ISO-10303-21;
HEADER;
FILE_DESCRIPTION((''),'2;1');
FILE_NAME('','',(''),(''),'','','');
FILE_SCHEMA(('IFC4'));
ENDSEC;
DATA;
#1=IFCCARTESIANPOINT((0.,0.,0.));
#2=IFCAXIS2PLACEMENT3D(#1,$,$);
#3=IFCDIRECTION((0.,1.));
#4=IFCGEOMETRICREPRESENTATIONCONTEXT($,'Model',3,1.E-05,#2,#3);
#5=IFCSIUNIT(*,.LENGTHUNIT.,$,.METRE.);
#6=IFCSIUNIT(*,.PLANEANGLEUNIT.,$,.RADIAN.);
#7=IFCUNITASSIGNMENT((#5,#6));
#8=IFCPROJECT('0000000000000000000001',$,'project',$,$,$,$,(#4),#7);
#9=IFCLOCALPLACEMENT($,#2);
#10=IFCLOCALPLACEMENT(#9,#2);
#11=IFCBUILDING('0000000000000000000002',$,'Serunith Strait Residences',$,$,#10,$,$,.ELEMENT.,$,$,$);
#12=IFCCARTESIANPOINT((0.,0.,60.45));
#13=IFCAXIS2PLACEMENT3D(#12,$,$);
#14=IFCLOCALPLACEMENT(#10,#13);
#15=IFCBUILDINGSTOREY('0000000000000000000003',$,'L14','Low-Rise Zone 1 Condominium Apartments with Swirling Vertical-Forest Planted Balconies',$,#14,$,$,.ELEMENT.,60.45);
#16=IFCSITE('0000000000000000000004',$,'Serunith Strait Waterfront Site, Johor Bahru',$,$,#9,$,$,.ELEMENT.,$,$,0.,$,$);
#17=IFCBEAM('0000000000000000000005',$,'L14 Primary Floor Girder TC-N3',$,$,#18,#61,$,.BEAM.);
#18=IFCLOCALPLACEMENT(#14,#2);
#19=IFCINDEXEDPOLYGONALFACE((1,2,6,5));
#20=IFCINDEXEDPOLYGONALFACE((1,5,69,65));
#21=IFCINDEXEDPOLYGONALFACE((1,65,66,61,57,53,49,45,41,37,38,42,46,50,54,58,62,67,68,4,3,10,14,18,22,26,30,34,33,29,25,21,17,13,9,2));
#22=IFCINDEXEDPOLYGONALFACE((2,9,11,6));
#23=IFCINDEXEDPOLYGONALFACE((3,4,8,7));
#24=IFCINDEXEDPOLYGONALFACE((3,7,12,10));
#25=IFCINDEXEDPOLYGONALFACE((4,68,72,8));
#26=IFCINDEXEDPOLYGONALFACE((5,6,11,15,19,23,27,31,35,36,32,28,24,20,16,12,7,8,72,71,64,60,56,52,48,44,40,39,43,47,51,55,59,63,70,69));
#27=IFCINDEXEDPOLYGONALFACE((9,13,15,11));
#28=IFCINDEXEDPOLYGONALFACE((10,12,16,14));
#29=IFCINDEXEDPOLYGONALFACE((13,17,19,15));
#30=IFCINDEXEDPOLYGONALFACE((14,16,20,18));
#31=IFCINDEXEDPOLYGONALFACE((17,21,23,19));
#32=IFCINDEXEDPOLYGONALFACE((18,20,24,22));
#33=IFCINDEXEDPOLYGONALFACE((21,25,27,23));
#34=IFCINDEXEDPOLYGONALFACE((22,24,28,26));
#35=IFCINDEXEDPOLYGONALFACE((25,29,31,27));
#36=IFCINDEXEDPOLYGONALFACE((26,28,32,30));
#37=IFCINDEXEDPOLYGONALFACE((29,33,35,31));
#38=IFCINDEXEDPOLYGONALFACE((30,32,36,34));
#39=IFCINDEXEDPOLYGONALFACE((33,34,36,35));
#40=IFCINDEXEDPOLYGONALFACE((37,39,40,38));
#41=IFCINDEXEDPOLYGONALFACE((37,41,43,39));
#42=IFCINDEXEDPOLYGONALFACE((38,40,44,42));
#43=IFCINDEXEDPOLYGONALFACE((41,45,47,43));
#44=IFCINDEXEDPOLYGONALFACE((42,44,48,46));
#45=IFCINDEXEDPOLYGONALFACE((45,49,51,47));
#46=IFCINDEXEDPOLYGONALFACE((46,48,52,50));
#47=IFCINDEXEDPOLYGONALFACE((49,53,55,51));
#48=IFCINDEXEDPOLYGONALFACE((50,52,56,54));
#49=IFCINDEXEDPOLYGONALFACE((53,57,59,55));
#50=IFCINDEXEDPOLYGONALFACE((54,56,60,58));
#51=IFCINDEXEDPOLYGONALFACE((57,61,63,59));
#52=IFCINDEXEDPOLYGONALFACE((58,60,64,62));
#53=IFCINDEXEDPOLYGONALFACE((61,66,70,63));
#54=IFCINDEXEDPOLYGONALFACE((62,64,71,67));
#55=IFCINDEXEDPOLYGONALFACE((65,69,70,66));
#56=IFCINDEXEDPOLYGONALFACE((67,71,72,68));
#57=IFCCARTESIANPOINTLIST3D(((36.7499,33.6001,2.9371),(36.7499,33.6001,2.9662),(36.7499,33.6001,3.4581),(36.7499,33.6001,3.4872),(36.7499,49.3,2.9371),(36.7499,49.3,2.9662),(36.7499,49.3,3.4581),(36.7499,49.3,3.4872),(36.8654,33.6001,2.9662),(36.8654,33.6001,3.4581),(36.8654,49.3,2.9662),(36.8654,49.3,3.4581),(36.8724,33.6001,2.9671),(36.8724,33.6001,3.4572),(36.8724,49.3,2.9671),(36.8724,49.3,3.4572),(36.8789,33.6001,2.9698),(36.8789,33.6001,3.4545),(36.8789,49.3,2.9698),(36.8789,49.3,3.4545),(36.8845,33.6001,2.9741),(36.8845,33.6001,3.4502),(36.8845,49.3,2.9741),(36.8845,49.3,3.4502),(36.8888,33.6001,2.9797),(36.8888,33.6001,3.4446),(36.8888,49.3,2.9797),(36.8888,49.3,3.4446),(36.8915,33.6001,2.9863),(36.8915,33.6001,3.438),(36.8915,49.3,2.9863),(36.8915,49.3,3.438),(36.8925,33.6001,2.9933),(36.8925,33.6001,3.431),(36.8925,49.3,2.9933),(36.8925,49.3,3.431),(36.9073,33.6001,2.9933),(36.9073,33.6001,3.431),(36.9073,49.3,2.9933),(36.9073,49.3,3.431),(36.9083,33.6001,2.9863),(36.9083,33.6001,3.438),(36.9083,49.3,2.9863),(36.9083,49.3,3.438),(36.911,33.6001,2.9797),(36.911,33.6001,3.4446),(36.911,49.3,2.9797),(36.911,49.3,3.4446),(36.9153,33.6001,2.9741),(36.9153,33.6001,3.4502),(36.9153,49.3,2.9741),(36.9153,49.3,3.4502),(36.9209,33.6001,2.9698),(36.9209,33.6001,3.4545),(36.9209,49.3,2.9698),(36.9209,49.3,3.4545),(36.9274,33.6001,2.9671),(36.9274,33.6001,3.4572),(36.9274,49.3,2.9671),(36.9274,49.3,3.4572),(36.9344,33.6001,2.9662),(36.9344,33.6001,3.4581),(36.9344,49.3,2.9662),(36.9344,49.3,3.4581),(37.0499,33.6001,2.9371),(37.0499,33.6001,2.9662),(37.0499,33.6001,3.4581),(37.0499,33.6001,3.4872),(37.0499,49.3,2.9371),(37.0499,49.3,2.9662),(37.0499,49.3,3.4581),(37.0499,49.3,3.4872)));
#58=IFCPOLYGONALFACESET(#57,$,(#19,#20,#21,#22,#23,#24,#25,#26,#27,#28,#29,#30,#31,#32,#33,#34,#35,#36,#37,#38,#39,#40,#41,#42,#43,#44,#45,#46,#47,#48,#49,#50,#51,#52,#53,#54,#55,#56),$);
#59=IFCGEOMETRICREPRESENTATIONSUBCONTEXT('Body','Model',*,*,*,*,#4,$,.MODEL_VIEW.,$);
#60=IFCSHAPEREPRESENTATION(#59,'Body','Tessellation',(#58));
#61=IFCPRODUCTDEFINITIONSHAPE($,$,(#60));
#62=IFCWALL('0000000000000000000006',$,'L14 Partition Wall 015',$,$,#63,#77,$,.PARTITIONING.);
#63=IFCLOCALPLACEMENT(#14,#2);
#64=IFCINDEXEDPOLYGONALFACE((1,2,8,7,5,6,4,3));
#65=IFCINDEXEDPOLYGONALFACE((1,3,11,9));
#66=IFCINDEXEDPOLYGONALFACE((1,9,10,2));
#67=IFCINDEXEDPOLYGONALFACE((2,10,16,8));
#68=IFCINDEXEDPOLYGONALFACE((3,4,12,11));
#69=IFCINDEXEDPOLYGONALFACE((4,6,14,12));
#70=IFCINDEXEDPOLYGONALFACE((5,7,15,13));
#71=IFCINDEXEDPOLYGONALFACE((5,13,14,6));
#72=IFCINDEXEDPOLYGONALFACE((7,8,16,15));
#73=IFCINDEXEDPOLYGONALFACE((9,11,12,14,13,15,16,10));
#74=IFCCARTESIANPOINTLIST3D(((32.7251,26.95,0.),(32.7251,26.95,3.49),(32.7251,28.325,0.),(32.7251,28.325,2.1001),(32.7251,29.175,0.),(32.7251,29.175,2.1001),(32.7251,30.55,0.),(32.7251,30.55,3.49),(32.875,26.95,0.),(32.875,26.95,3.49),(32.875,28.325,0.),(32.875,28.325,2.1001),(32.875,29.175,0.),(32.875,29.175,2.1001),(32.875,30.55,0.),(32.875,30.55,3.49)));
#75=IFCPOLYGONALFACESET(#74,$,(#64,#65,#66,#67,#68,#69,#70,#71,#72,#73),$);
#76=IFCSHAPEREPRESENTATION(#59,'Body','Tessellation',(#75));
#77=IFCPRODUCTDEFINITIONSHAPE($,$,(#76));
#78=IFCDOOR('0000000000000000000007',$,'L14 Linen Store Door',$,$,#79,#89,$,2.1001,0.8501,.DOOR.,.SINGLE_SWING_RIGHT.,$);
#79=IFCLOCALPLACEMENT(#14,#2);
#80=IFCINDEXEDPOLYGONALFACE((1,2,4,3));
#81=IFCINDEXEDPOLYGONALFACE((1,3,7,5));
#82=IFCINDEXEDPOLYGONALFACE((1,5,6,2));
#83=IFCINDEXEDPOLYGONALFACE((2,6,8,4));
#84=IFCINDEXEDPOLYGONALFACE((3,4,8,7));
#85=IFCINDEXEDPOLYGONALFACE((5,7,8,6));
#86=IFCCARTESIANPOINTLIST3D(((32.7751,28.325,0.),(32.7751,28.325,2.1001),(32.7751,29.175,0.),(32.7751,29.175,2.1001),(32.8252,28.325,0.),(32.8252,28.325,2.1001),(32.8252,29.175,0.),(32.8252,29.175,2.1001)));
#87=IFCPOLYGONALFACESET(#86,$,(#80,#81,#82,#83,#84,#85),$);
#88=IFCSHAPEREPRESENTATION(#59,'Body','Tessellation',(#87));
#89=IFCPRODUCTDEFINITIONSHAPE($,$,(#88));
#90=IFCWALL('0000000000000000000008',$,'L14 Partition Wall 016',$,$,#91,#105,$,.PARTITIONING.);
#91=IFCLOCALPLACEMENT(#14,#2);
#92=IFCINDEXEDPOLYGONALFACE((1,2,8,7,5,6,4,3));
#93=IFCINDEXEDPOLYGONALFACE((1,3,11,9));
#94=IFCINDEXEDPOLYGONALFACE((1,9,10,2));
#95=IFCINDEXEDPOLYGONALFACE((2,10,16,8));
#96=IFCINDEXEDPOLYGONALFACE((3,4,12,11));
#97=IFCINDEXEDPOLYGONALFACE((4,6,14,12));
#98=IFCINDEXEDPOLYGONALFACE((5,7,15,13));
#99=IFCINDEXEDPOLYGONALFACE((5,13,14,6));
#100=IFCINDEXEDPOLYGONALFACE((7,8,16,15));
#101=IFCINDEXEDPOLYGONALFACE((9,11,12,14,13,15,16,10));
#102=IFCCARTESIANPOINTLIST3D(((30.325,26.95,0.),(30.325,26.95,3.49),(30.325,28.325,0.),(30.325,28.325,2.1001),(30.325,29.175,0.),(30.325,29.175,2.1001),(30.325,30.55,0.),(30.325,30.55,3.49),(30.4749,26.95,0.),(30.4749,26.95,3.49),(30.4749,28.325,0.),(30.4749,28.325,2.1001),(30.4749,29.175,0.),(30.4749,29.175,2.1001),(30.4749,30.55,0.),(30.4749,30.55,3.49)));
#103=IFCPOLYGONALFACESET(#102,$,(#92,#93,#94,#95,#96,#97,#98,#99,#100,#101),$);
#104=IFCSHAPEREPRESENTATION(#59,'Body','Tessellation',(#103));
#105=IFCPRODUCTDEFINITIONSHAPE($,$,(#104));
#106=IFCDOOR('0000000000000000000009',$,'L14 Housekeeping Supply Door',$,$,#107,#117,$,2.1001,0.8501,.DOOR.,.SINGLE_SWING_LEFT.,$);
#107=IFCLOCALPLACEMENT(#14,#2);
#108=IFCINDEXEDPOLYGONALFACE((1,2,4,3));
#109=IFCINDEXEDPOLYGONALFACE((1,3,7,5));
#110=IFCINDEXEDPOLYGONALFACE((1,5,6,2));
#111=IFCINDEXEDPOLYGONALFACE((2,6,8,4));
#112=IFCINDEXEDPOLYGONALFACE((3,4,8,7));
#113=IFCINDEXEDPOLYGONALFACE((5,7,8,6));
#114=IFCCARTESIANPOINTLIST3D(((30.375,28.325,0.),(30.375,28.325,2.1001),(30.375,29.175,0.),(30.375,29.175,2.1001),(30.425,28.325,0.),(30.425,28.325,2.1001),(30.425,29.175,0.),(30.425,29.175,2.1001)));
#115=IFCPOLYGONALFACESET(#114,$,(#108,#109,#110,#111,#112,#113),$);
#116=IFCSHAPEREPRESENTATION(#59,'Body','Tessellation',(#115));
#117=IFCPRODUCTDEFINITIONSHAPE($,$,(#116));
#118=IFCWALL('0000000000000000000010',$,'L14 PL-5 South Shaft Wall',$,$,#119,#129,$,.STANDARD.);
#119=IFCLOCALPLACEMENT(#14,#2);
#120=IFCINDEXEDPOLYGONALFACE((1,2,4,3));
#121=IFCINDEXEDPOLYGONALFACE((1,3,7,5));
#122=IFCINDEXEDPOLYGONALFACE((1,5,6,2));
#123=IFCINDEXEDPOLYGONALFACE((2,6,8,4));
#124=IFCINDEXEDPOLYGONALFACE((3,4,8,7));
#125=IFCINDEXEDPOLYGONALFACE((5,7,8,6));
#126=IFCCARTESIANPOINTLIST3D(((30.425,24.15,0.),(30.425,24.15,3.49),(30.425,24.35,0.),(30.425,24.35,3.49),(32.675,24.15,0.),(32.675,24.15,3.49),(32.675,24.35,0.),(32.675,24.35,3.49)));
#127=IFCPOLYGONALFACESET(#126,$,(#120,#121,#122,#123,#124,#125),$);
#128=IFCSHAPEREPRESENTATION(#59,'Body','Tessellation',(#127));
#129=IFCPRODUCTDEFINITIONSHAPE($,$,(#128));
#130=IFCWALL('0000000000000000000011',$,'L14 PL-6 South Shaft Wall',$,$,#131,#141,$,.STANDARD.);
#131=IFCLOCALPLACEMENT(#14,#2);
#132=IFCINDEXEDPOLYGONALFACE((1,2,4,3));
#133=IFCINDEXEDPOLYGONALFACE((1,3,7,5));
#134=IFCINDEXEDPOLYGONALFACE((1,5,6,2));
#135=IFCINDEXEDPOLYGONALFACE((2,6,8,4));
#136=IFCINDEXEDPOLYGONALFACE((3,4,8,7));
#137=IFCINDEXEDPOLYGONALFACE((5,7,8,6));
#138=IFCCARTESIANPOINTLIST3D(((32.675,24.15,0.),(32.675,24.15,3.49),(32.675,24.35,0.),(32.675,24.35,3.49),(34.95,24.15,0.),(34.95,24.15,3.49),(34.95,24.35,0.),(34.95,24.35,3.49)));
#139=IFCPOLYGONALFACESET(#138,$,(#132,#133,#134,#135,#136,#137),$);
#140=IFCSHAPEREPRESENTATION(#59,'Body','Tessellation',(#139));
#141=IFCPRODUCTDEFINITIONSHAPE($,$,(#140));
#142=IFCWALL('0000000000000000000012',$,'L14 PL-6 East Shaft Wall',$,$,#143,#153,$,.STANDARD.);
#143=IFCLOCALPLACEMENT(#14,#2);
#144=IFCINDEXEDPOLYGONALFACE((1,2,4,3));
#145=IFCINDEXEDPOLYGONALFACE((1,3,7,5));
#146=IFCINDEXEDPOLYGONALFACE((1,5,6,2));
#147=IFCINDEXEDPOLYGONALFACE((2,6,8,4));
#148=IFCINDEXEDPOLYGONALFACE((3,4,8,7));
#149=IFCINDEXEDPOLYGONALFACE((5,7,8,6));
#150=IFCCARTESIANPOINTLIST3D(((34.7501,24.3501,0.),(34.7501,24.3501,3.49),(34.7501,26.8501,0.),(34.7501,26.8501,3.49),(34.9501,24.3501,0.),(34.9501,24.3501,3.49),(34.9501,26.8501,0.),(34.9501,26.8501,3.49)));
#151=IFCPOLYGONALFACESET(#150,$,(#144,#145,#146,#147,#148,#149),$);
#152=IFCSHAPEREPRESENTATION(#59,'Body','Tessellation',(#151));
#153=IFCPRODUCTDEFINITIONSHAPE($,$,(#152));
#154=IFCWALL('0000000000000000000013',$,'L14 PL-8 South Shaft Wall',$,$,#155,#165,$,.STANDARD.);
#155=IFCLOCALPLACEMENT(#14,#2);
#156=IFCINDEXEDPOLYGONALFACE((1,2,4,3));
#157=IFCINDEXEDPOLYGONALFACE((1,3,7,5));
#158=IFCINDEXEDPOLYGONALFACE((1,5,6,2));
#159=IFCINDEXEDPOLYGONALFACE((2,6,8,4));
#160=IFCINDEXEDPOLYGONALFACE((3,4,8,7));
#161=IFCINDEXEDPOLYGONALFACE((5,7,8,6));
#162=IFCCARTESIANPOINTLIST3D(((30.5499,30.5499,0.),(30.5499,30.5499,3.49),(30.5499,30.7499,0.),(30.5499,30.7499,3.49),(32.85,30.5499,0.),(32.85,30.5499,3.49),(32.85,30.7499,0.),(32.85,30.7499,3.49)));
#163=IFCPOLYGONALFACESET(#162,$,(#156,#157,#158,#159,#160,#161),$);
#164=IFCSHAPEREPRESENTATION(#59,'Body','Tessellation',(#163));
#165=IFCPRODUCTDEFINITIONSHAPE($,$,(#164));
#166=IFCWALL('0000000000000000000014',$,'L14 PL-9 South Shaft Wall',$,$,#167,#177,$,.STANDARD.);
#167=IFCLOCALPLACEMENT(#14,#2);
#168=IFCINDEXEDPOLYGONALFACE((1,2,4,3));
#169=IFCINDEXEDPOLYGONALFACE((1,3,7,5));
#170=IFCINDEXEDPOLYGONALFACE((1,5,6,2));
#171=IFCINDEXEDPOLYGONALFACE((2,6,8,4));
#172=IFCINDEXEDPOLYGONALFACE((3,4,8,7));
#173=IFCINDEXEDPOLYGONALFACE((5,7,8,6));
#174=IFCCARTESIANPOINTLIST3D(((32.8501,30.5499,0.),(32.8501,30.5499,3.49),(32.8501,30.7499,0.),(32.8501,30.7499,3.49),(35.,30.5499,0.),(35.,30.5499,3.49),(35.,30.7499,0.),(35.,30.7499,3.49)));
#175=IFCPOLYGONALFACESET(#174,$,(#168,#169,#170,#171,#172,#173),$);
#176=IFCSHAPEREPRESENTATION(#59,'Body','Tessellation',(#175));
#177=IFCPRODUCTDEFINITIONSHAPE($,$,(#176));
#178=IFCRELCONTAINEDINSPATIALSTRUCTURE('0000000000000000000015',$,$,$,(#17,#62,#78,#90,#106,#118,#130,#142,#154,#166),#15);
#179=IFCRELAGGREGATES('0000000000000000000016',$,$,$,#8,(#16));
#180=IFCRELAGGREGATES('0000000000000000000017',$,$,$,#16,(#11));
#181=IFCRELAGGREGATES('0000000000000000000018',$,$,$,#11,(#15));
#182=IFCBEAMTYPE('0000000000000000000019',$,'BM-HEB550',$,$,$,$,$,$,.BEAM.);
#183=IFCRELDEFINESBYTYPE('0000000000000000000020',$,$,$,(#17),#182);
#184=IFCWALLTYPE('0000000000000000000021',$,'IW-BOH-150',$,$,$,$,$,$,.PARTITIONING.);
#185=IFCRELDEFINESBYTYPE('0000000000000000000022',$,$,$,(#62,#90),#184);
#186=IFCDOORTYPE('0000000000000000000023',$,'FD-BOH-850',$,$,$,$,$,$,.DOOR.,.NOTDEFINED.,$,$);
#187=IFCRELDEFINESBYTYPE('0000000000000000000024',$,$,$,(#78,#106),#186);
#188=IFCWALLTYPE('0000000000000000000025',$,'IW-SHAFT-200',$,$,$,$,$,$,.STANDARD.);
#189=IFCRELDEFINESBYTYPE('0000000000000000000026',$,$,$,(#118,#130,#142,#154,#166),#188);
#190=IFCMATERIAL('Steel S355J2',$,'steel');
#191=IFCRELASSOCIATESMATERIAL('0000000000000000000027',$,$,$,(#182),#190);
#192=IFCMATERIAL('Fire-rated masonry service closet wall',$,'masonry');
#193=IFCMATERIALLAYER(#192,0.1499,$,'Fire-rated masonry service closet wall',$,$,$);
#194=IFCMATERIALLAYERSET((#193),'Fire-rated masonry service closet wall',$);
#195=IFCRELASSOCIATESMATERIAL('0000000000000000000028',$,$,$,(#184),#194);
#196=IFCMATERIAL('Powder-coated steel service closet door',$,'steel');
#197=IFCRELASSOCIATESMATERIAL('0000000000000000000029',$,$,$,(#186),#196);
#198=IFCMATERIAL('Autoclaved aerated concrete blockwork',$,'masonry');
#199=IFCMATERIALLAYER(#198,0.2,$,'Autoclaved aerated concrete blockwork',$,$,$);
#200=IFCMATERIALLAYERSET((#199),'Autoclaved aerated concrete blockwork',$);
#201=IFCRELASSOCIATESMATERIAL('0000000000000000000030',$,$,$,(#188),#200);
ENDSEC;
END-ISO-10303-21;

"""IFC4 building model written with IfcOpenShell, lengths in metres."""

from ifc_helpers import new_model, si_unit, direction, frame, frame_2d, origin, origin_2d, place, context, subcontext, project, spatial, rectangle, i_section, extrude, source, transform, mapped, material, layer, layer_set, material_profile, profile_set, type_object, element, fill, save


model = new_model("IFC4")

# Units and contexts
model_context = context("Model", 3, precision=1e-05, world=origin(), true_north=direction((0.0, 1.0)))
body_context = subcontext(model_context, "Body", "Model", "MODEL_VIEW")
ifc_project = project(units=[si_unit("LENGTHUNIT", "METRE"), si_unit("PLANEANGLEUNIT", "RADIAN")], contexts=[model_context])

# Site, building, storey
site_placement = place(None, origin())
site = spatial("IfcSite", under=ifc_project, at=site_placement, Name="Serunith Strait Waterfront Site, Johor Bahru", CompositionType="ELEMENT", RefElevation=0.0)
building_placement = place(site_placement, origin())
building = spatial("IfcBuilding", under=site, at=building_placement, Name="Serunith Strait Residences", CompositionType="ELEMENT")
storey_placement = place(building_placement, frame((0.0, 0.0, 60.45)))
storey = spatial("IfcBuildingStorey", under=building, at=storey_placement, Name="L14", Description="Low-Rise Zone 1 Condominium Apartments with Swirling Vertical-Forest Planted Balconies", CompositionType="ELEMENT", Elevation=60.45)

# Beam
ifc_material_1 = material(Name="Steel S355J2", Category="steel")
ifc_material_profile = material_profile(ifc_material_1, i_section(OverallWidth=0.3, OverallDepth=0.55, WebThickness=0.0149, FlangeThickness=0.0291, FilletRadius=0.0271, at=origin_2d()), Name="HEB 550")
ifc_profile_set = profile_set([ifc_material_profile], Name="Steel S355J2")
beam_type = type_object("IfcBeamType", Name="BM-HEB550", PredefinedType="BEAM", material=ifc_profile_set)
shared_shape_1 = source(origin(), body_context, "Body", "SweptSolid", [
    extrude(i_section(OverallWidth=0.3, OverallDepth=0.55, WebThickness=0.0149, FlangeThickness=0.0291, FilletRadius=0.0271, at=origin_2d()), origin(), (0.0, 0.0, 1.0), 15.7),
])
beam_placement = place(storey_placement, frame((36.8999, 33.6001, 3.2122), z_axis=(0.0, 1.0, 0.0), x_axis=(-1.0, 0.0, 0.0)))
element("IfcBeam", 1, at=beam_placement, inside=storey, type_object=beam_type, Name="L14 Primary Floor Girder TC-N3", PredefinedType="BEAM", context=body_context, shape_type="MappedRepresentation", body=[
    mapped(shared_shape_1, transform((0.0, 0.0, 0.0), scale=1.0)),
])

# Walls, openings, doors
ifc_material_2 = material(Name="Fire-rated masonry service closet wall", Category="masonry")
ifc_layer_1 = layer(ifc_material_2, 0.1499, Name="Fire-rated masonry service closet wall")
ifc_layer_set_1 = layer_set([ifc_layer_1], Name="Fire-rated masonry service closet wall")
wall_type_1 = type_object("IfcWallType", Name="IW-BOH-150", PredefinedType="PARTITIONING", material=ifc_layer_set_1)
wall_1_placement = place(storey_placement, frame((32.8, 26.95, 0.0), z_axis=(0.0, 0.0, 1.0), x_axis=(0.0, 1.0, 0.0)))
wall_1 = element("IfcWall", 2, at=wall_1_placement, inside=storey, type_object=wall_type_1, Name="L14 Partition Wall 015", PredefinedType="PARTITIONING", context=body_context, shape_type="SweptSolid", body=[
    extrude(rectangle(XDim=3.6001, YDim=0.1499, at=frame_2d((1.8, 0.0))), origin(), (0.0, 0.0, 1.0), 3.49),
])
opening_1_placement = place(wall_1_placement, frame((1.375, 0.0, 0.0)))
opening_1 = element("IfcOpeningElement", 3, at=opening_1_placement, cuts=wall_1, PredefinedType="OPENING", context=body_context, shape_type="SweptSolid", body=[
    extrude(rectangle(XDim=0.8501, YDim=2.1001, at=frame_2d((0.425, 1.05))), frame((0.0, 0.085, 0.0), z_axis=(0.0, -1.0, 0.0), x_axis=(1.0, 0.0, 0.0)), (0.0, 0.0, 1.0), 0.1699),
])
ifc_material_3 = material(Name="Powder-coated steel service closet door", Category="steel")
door_type_1 = type_object("IfcDoorType", Name="FD-BOH-850", OperationType="NOTDEFINED", PredefinedType="DOOR", material=ifc_material_3)
shared_shape_2 = source(origin(), body_context, "Body", "SweptSolid", [
    extrude(rectangle(XDim=0.8501, YDim=2.1001, at=frame_2d((0.425, 1.05))), frame((0.0, 0.0249, 0.0), z_axis=(0.0, -1.0, 0.0), x_axis=(1.0, 0.0, 0.0)), (0.0, 0.0, 1.0), 0.05),
])
door_1_placement = place(opening_1_placement, origin())
door_1 = element("IfcDoor", 4, at=door_1_placement, inside=storey, type_object=door_type_1, Name="L14 Linen Store Door", OperationType="SINGLE_SWING_RIGHT", OverallHeight=2.1001, OverallWidth=0.8501, PredefinedType="DOOR", context=body_context, shape_type="MappedRepresentation", body=[
    mapped(shared_shape_2, transform((0.0, 0.0, 0.0), scale=1.0)),
])
fill(opening_1, door_1)
wall_2_placement = place(storey_placement, frame((30.3999, 26.95, 0.0), z_axis=(0.0, 0.0, 1.0), x_axis=(0.0, 1.0, 0.0)))
wall_2 = element("IfcWall", 5, at=wall_2_placement, inside=storey, type_object=wall_type_1, Name="L14 Partition Wall 016", PredefinedType="PARTITIONING", context=body_context, shape_type="SweptSolid", body=[
    extrude(rectangle(XDim=3.6001, YDim=0.1499, at=frame_2d((1.8, 0.0))), origin(), (0.0, 0.0, 1.0), 3.49),
])
opening_2_placement = place(wall_2_placement, frame((1.375, 0.0, 0.0)))
opening_2 = element("IfcOpeningElement", 6, at=opening_2_placement, cuts=wall_2, PredefinedType="OPENING", context=body_context, shape_type="SweptSolid", body=[
    extrude(rectangle(XDim=0.8501, YDim=2.1001, at=frame_2d((0.425, 1.05))), frame((0.0, 0.085, 0.0), z_axis=(0.0, -1.0, 0.0), x_axis=(1.0, 0.0, 0.0)), (0.0, 0.0, 1.0), 0.1699),
])
door_2_placement = place(opening_2_placement, origin())
door_2 = element("IfcDoor", 7, at=door_2_placement, inside=storey, type_object=door_type_1, Name="L14 Housekeeping Supply Door", OperationType="SINGLE_SWING_LEFT", OverallHeight=2.1001, OverallWidth=0.8501, PredefinedType="DOOR", context=body_context, shape_type="MappedRepresentation", body=[
    mapped(shared_shape_2, transform((0.0, 0.0, 0.0), scale=1.0)),
])
fill(opening_2, door_2)
ifc_material_4 = material(Name="Autoclaved aerated concrete blockwork", Category="masonry")
ifc_layer_2 = layer(ifc_material_4, 0.2, Name="Autoclaved aerated concrete blockwork")
ifc_layer_set_2 = layer_set([ifc_layer_2], Name="Autoclaved aerated concrete blockwork")
wall_type_2 = type_object("IfcWallType", Name="IW-SHAFT-200", PredefinedType="STANDARD", material=ifc_layer_set_2)

# Walls
wall_3_placement = place(storey_placement, frame((30.425, 24.25, 0.0), z_axis=(0.0, 0.0, 1.0), x_axis=(1.0, 0.0, 0.0)))
element("IfcWall", 8, at=wall_3_placement, inside=storey, type_object=wall_type_2, Name="L14 PL-5 South Shaft Wall", PredefinedType="STANDARD", context=body_context, shape_type="SweptSolid", body=[
    extrude(rectangle(XDim=2.25, YDim=0.2, at=frame_2d((1.125, 0.0))), origin(), (0.0, 0.0, 1.0), 3.49),
])
wall_4_placement = place(storey_placement, frame((32.675, 24.25, 0.0), z_axis=(0.0, 0.0, 1.0), x_axis=(1.0, 0.0, 0.0)))
element("IfcWall", 9, at=wall_4_placement, inside=storey, type_object=wall_type_2, Name="L14 PL-6 South Shaft Wall", PredefinedType="STANDARD", context=body_context, shape_type="SweptSolid", body=[
    extrude(rectangle(XDim=2.2749, YDim=0.2, at=frame_2d((1.1375, 0.0))), origin(), (0.0, 0.0, 1.0), 3.49),
])
wall_5_placement = place(storey_placement, frame((34.8501, 24.3501, 0.0), z_axis=(0.0, 0.0, 1.0), x_axis=(0.0, 1.0, 0.0)))
element("IfcWall", 10, at=wall_5_placement, inside=storey, type_object=wall_type_2, Name="L14 PL-6 East Shaft Wall", PredefinedType="STANDARD", context=body_context, shape_type="SweptSolid", body=[
    extrude(rectangle(XDim=2.5, YDim=0.2, at=frame_2d((1.25, 0.0))), origin(), (0.0, 0.0, 1.0), 3.49),
])
wall_6_placement = place(storey_placement, frame((30.55, 30.6499, 0.0), z_axis=(0.0, 0.0, 1.0), x_axis=(1.0, 0.0, 0.0)))
element("IfcWall", 11, at=wall_6_placement, inside=storey, type_object=wall_type_2, Name="L14 PL-8 South Shaft Wall", PredefinedType="STANDARD", context=body_context, shape_type="SweptSolid", body=[
    extrude(rectangle(XDim=2.3, YDim=0.2, at=frame_2d((1.1499, 0.0))), origin(), (0.0, 0.0, 1.0), 3.49),
])
wall_7_placement = place(storey_placement, frame((32.8501, 30.6499, 0.0), z_axis=(0.0, 0.0, 1.0), x_axis=(1.0, 0.0, 0.0)))
element("IfcWall", 12, at=wall_7_placement, inside=storey, type_object=wall_type_2, Name="L14 PL-9 South Shaft Wall", PredefinedType="STANDARD", context=body_context, shape_type="SweptSolid", body=[
    extrude(rectangle(XDim=2.1499, YDim=0.2, at=frame_2d((1.075, 0.0))), origin(), (0.0, 0.0, 1.0), 3.49),
])

save(model, "model.ifc")
